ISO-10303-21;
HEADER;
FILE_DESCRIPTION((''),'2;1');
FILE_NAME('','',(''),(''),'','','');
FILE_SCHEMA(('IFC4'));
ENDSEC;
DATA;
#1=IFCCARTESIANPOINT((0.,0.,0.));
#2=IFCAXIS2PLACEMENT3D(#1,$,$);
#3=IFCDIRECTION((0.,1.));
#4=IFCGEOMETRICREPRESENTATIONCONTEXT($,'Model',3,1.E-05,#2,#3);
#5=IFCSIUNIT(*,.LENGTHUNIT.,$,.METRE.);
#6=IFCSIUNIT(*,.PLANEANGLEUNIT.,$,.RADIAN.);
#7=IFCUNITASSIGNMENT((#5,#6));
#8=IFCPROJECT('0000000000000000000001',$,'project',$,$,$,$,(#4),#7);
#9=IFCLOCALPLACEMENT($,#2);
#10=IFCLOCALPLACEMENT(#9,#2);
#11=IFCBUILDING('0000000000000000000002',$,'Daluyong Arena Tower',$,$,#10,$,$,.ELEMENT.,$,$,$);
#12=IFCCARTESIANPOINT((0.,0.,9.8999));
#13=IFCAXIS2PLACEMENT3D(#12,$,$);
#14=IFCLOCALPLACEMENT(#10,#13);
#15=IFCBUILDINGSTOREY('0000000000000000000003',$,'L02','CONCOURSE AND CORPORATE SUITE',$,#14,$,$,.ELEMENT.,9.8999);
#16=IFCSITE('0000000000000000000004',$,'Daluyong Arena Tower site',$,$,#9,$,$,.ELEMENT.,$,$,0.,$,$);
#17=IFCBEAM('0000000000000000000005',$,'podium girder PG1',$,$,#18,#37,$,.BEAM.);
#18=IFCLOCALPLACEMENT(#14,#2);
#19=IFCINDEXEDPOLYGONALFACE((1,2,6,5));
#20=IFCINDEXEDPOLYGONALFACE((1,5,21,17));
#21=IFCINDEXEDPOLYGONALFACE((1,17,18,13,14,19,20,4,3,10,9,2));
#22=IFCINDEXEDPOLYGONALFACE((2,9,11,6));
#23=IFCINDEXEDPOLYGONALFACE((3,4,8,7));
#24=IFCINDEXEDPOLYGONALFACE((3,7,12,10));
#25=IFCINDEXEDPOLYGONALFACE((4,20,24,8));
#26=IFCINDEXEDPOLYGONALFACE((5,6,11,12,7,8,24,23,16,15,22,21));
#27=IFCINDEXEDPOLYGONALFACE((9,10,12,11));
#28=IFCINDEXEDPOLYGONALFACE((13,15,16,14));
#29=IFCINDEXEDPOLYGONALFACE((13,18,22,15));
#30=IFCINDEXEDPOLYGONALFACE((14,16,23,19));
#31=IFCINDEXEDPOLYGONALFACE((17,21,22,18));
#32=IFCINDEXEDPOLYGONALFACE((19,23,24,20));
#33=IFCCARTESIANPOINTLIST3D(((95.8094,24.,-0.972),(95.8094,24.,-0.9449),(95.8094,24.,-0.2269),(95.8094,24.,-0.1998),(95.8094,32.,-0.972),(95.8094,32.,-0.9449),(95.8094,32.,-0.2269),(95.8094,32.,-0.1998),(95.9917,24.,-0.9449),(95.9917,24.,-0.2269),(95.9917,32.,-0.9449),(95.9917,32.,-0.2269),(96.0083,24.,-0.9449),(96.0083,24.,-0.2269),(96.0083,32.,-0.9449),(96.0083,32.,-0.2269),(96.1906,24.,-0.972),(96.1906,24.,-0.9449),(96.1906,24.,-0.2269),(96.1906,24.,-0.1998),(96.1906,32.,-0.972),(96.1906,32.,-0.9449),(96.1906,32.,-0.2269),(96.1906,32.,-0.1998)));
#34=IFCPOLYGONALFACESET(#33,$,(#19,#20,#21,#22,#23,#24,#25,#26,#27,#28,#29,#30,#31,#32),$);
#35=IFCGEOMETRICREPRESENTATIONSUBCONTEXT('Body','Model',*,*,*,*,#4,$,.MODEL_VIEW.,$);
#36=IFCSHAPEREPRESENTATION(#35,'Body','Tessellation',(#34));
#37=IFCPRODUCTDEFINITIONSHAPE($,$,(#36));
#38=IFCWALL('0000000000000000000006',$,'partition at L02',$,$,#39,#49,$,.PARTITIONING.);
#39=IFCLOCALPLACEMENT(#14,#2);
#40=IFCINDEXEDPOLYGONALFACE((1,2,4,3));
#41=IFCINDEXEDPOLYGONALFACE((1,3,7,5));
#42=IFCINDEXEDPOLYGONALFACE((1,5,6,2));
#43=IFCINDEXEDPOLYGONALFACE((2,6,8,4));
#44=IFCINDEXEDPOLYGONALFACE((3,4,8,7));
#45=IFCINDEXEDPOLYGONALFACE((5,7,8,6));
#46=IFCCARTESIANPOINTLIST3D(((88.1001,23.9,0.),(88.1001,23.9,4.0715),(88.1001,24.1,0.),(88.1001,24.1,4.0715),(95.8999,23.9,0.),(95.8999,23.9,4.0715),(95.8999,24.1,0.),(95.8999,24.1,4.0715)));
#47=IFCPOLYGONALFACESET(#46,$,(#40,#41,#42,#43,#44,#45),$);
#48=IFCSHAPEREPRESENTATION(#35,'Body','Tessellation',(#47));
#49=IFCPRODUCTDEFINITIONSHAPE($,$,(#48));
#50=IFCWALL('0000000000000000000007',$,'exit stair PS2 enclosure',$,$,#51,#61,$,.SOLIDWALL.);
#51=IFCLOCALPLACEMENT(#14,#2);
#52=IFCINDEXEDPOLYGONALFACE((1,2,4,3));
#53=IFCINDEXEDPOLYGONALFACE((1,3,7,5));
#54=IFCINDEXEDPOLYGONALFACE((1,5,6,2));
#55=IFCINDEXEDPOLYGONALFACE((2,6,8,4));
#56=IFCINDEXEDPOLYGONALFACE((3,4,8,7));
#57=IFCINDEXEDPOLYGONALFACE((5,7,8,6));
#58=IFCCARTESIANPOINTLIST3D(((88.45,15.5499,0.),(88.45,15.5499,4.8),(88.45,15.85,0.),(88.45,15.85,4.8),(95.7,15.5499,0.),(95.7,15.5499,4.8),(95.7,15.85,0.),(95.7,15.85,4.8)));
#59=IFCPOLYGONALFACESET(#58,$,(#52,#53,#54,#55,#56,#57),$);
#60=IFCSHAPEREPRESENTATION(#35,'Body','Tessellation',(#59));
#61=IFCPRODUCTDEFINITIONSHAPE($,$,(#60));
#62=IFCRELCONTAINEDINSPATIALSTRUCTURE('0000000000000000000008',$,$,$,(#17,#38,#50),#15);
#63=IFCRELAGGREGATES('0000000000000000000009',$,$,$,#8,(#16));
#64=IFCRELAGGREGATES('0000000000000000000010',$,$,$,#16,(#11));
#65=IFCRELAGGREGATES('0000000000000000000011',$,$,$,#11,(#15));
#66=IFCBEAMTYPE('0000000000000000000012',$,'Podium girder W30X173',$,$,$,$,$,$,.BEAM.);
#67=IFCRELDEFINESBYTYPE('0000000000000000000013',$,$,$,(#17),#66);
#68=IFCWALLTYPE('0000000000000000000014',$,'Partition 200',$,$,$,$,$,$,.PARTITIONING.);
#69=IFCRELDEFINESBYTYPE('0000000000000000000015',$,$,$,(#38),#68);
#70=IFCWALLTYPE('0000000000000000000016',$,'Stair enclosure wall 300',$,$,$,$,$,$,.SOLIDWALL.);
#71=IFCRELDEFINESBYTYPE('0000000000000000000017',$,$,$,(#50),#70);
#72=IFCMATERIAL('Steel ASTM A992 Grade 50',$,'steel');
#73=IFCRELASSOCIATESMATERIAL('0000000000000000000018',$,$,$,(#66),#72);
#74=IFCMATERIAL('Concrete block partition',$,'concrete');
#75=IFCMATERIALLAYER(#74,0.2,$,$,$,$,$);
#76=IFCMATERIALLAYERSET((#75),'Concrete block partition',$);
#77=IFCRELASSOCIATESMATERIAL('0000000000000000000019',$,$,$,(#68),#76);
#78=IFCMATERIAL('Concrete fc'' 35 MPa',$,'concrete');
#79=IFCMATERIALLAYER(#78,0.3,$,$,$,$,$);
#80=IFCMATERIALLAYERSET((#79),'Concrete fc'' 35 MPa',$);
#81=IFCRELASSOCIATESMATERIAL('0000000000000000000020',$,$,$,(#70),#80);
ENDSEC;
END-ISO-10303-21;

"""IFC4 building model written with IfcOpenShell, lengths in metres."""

from ifc_helpers import new_model, si_unit, direction, frame, frame_2d, origin, origin_2d, place, context, subcontext, project, spatial, rectangle, i_section, extrude, material, layer, layer_set, material_profile, profile_set, type_object, element, save


model = new_model("IFC4")

# Units and contexts
model_context = context("Model", 3, precision=1e-05, world=origin(), true_north=direction((0.0, 1.0)))
body_context = subcontext(model_context, "Body", "Model", "MODEL_VIEW")
ifc_project = project(units=[si_unit("LENGTHUNIT", "METRE"), si_unit("PLANEANGLEUNIT", "RADIAN")], contexts=[model_context])

# Site, building, storey
site_placement = place(None, origin())
site = spatial("IfcSite", under=ifc_project, at=site_placement, Name="Daluyong Arena Tower site", CompositionType="ELEMENT", RefElevation=0.0)
building_placement = place(site_placement, origin())
building = spatial("IfcBuilding", under=site, at=building_placement, Name="Daluyong Arena Tower", CompositionType="ELEMENT")
storey_placement = place(building_placement, frame((0.0, 0.0, 9.8999)))
storey = spatial("IfcBuildingStorey", under=building, at=storey_placement, Name="L02", Description="CONCOURSE AND CORPORATE SUITE", CompositionType="ELEMENT", Elevation=9.8999)

# Beam
ifc_material_1 = material(Name="Steel ASTM A992 Grade 50", Category="steel")
ifc_material_profile_1 = material_profile(ifc_material_1, i_section(OverallWidth=0.3811, OverallDepth=0.7722, WebThickness=0.0166, FlangeThickness=0.0271, at=origin_2d()))
ifc_profile_set_1 = profile_set([ifc_material_profile_1], Name="Steel ASTM A992 Grade 50")
beam_type_1 = type_object("IfcBeamType", Name="Podium girder W30X173", PredefinedType="BEAM", material=ifc_profile_set_1)
for number, where, z_axis, x_axis, name in (
    (1, (96.0, 24.0, -0.5859), (0.0, 1.0, 0.0), (-1.0, 0.0, 0.0), "podium girder PG1"),
):
    element("IfcBeam", number, at=place(storey_placement, frame(where, z_axis=z_axis, x_axis=x_axis)), inside=storey, type_object=beam_type_1, Name=name, PredefinedType="BEAM", context=body_context, shape_type="SweptSolid", body=[
        extrude(i_section(OverallWidth=0.3811, OverallDepth=0.7722, WebThickness=0.0166, FlangeThickness=0.0271, at=origin_2d()), origin(), (0.0, 0.0, 1.0), 8.0),
    ])

# Wall
ifc_material_2 = material(Name="Concrete block partition", Category="concrete")
ifc_layer_1 = layer(ifc_material_2, 0.2)
ifc_layer_set_1 = layer_set([ifc_layer_1], Name="Concrete block partition")
wall_type_1 = type_object("IfcWallType", Name="Partition 200", PredefinedType="PARTITIONING", material=ifc_layer_set_1)
wall_1_placement = place(storey_placement, frame((88.1001, 24.0, 0.0), z_axis=(0.0, 0.0, 1.0), x_axis=(1.0, 0.0, 0.0)))
element("IfcWall", 2, at=wall_1_placement, inside=storey, type_object=wall_type_1, Name="partition at L02", PredefinedType="PARTITIONING", context=body_context, shape_type="SweptSolid", body=[
    extrude(rectangle(XDim=7.7998, YDim=0.2, at=frame_2d((3.8999, 0.0))), origin(), (0.0, 0.0, 1.0), 4.0715),
])

# Wall
ifc_material_3 = material(Name="Concrete fc' 35 MPa", Category="concrete")
ifc_layer_2 = layer(ifc_material_3, 0.3)
ifc_layer_set_2 = layer_set([ifc_layer_2], Name="Concrete fc' 35 MPa")
wall_type_2 = type_object("IfcWallType", Name="Stair enclosure wall 300", PredefinedType="SOLIDWALL", material=ifc_layer_set_2)
wall_2_placement = place(storey_placement, frame((88.45, 15.7, 0.0), z_axis=(0.0, 0.0, 1.0), x_axis=(1.0, 0.0, 0.0)))
element("IfcWall", 3, at=wall_2_placement, inside=storey, type_object=wall_type_2, Name="exit stair PS2 enclosure", PredefinedType="SOLIDWALL", context=body_context, shape_type="SweptSolid", body=[
    extrude(rectangle(XDim=7.25, YDim=0.3, at=frame_2d((3.625, 0.0))), origin(), (0.0, 0.0, 1.0), 4.8),
])

save(model, "model.ifc")
